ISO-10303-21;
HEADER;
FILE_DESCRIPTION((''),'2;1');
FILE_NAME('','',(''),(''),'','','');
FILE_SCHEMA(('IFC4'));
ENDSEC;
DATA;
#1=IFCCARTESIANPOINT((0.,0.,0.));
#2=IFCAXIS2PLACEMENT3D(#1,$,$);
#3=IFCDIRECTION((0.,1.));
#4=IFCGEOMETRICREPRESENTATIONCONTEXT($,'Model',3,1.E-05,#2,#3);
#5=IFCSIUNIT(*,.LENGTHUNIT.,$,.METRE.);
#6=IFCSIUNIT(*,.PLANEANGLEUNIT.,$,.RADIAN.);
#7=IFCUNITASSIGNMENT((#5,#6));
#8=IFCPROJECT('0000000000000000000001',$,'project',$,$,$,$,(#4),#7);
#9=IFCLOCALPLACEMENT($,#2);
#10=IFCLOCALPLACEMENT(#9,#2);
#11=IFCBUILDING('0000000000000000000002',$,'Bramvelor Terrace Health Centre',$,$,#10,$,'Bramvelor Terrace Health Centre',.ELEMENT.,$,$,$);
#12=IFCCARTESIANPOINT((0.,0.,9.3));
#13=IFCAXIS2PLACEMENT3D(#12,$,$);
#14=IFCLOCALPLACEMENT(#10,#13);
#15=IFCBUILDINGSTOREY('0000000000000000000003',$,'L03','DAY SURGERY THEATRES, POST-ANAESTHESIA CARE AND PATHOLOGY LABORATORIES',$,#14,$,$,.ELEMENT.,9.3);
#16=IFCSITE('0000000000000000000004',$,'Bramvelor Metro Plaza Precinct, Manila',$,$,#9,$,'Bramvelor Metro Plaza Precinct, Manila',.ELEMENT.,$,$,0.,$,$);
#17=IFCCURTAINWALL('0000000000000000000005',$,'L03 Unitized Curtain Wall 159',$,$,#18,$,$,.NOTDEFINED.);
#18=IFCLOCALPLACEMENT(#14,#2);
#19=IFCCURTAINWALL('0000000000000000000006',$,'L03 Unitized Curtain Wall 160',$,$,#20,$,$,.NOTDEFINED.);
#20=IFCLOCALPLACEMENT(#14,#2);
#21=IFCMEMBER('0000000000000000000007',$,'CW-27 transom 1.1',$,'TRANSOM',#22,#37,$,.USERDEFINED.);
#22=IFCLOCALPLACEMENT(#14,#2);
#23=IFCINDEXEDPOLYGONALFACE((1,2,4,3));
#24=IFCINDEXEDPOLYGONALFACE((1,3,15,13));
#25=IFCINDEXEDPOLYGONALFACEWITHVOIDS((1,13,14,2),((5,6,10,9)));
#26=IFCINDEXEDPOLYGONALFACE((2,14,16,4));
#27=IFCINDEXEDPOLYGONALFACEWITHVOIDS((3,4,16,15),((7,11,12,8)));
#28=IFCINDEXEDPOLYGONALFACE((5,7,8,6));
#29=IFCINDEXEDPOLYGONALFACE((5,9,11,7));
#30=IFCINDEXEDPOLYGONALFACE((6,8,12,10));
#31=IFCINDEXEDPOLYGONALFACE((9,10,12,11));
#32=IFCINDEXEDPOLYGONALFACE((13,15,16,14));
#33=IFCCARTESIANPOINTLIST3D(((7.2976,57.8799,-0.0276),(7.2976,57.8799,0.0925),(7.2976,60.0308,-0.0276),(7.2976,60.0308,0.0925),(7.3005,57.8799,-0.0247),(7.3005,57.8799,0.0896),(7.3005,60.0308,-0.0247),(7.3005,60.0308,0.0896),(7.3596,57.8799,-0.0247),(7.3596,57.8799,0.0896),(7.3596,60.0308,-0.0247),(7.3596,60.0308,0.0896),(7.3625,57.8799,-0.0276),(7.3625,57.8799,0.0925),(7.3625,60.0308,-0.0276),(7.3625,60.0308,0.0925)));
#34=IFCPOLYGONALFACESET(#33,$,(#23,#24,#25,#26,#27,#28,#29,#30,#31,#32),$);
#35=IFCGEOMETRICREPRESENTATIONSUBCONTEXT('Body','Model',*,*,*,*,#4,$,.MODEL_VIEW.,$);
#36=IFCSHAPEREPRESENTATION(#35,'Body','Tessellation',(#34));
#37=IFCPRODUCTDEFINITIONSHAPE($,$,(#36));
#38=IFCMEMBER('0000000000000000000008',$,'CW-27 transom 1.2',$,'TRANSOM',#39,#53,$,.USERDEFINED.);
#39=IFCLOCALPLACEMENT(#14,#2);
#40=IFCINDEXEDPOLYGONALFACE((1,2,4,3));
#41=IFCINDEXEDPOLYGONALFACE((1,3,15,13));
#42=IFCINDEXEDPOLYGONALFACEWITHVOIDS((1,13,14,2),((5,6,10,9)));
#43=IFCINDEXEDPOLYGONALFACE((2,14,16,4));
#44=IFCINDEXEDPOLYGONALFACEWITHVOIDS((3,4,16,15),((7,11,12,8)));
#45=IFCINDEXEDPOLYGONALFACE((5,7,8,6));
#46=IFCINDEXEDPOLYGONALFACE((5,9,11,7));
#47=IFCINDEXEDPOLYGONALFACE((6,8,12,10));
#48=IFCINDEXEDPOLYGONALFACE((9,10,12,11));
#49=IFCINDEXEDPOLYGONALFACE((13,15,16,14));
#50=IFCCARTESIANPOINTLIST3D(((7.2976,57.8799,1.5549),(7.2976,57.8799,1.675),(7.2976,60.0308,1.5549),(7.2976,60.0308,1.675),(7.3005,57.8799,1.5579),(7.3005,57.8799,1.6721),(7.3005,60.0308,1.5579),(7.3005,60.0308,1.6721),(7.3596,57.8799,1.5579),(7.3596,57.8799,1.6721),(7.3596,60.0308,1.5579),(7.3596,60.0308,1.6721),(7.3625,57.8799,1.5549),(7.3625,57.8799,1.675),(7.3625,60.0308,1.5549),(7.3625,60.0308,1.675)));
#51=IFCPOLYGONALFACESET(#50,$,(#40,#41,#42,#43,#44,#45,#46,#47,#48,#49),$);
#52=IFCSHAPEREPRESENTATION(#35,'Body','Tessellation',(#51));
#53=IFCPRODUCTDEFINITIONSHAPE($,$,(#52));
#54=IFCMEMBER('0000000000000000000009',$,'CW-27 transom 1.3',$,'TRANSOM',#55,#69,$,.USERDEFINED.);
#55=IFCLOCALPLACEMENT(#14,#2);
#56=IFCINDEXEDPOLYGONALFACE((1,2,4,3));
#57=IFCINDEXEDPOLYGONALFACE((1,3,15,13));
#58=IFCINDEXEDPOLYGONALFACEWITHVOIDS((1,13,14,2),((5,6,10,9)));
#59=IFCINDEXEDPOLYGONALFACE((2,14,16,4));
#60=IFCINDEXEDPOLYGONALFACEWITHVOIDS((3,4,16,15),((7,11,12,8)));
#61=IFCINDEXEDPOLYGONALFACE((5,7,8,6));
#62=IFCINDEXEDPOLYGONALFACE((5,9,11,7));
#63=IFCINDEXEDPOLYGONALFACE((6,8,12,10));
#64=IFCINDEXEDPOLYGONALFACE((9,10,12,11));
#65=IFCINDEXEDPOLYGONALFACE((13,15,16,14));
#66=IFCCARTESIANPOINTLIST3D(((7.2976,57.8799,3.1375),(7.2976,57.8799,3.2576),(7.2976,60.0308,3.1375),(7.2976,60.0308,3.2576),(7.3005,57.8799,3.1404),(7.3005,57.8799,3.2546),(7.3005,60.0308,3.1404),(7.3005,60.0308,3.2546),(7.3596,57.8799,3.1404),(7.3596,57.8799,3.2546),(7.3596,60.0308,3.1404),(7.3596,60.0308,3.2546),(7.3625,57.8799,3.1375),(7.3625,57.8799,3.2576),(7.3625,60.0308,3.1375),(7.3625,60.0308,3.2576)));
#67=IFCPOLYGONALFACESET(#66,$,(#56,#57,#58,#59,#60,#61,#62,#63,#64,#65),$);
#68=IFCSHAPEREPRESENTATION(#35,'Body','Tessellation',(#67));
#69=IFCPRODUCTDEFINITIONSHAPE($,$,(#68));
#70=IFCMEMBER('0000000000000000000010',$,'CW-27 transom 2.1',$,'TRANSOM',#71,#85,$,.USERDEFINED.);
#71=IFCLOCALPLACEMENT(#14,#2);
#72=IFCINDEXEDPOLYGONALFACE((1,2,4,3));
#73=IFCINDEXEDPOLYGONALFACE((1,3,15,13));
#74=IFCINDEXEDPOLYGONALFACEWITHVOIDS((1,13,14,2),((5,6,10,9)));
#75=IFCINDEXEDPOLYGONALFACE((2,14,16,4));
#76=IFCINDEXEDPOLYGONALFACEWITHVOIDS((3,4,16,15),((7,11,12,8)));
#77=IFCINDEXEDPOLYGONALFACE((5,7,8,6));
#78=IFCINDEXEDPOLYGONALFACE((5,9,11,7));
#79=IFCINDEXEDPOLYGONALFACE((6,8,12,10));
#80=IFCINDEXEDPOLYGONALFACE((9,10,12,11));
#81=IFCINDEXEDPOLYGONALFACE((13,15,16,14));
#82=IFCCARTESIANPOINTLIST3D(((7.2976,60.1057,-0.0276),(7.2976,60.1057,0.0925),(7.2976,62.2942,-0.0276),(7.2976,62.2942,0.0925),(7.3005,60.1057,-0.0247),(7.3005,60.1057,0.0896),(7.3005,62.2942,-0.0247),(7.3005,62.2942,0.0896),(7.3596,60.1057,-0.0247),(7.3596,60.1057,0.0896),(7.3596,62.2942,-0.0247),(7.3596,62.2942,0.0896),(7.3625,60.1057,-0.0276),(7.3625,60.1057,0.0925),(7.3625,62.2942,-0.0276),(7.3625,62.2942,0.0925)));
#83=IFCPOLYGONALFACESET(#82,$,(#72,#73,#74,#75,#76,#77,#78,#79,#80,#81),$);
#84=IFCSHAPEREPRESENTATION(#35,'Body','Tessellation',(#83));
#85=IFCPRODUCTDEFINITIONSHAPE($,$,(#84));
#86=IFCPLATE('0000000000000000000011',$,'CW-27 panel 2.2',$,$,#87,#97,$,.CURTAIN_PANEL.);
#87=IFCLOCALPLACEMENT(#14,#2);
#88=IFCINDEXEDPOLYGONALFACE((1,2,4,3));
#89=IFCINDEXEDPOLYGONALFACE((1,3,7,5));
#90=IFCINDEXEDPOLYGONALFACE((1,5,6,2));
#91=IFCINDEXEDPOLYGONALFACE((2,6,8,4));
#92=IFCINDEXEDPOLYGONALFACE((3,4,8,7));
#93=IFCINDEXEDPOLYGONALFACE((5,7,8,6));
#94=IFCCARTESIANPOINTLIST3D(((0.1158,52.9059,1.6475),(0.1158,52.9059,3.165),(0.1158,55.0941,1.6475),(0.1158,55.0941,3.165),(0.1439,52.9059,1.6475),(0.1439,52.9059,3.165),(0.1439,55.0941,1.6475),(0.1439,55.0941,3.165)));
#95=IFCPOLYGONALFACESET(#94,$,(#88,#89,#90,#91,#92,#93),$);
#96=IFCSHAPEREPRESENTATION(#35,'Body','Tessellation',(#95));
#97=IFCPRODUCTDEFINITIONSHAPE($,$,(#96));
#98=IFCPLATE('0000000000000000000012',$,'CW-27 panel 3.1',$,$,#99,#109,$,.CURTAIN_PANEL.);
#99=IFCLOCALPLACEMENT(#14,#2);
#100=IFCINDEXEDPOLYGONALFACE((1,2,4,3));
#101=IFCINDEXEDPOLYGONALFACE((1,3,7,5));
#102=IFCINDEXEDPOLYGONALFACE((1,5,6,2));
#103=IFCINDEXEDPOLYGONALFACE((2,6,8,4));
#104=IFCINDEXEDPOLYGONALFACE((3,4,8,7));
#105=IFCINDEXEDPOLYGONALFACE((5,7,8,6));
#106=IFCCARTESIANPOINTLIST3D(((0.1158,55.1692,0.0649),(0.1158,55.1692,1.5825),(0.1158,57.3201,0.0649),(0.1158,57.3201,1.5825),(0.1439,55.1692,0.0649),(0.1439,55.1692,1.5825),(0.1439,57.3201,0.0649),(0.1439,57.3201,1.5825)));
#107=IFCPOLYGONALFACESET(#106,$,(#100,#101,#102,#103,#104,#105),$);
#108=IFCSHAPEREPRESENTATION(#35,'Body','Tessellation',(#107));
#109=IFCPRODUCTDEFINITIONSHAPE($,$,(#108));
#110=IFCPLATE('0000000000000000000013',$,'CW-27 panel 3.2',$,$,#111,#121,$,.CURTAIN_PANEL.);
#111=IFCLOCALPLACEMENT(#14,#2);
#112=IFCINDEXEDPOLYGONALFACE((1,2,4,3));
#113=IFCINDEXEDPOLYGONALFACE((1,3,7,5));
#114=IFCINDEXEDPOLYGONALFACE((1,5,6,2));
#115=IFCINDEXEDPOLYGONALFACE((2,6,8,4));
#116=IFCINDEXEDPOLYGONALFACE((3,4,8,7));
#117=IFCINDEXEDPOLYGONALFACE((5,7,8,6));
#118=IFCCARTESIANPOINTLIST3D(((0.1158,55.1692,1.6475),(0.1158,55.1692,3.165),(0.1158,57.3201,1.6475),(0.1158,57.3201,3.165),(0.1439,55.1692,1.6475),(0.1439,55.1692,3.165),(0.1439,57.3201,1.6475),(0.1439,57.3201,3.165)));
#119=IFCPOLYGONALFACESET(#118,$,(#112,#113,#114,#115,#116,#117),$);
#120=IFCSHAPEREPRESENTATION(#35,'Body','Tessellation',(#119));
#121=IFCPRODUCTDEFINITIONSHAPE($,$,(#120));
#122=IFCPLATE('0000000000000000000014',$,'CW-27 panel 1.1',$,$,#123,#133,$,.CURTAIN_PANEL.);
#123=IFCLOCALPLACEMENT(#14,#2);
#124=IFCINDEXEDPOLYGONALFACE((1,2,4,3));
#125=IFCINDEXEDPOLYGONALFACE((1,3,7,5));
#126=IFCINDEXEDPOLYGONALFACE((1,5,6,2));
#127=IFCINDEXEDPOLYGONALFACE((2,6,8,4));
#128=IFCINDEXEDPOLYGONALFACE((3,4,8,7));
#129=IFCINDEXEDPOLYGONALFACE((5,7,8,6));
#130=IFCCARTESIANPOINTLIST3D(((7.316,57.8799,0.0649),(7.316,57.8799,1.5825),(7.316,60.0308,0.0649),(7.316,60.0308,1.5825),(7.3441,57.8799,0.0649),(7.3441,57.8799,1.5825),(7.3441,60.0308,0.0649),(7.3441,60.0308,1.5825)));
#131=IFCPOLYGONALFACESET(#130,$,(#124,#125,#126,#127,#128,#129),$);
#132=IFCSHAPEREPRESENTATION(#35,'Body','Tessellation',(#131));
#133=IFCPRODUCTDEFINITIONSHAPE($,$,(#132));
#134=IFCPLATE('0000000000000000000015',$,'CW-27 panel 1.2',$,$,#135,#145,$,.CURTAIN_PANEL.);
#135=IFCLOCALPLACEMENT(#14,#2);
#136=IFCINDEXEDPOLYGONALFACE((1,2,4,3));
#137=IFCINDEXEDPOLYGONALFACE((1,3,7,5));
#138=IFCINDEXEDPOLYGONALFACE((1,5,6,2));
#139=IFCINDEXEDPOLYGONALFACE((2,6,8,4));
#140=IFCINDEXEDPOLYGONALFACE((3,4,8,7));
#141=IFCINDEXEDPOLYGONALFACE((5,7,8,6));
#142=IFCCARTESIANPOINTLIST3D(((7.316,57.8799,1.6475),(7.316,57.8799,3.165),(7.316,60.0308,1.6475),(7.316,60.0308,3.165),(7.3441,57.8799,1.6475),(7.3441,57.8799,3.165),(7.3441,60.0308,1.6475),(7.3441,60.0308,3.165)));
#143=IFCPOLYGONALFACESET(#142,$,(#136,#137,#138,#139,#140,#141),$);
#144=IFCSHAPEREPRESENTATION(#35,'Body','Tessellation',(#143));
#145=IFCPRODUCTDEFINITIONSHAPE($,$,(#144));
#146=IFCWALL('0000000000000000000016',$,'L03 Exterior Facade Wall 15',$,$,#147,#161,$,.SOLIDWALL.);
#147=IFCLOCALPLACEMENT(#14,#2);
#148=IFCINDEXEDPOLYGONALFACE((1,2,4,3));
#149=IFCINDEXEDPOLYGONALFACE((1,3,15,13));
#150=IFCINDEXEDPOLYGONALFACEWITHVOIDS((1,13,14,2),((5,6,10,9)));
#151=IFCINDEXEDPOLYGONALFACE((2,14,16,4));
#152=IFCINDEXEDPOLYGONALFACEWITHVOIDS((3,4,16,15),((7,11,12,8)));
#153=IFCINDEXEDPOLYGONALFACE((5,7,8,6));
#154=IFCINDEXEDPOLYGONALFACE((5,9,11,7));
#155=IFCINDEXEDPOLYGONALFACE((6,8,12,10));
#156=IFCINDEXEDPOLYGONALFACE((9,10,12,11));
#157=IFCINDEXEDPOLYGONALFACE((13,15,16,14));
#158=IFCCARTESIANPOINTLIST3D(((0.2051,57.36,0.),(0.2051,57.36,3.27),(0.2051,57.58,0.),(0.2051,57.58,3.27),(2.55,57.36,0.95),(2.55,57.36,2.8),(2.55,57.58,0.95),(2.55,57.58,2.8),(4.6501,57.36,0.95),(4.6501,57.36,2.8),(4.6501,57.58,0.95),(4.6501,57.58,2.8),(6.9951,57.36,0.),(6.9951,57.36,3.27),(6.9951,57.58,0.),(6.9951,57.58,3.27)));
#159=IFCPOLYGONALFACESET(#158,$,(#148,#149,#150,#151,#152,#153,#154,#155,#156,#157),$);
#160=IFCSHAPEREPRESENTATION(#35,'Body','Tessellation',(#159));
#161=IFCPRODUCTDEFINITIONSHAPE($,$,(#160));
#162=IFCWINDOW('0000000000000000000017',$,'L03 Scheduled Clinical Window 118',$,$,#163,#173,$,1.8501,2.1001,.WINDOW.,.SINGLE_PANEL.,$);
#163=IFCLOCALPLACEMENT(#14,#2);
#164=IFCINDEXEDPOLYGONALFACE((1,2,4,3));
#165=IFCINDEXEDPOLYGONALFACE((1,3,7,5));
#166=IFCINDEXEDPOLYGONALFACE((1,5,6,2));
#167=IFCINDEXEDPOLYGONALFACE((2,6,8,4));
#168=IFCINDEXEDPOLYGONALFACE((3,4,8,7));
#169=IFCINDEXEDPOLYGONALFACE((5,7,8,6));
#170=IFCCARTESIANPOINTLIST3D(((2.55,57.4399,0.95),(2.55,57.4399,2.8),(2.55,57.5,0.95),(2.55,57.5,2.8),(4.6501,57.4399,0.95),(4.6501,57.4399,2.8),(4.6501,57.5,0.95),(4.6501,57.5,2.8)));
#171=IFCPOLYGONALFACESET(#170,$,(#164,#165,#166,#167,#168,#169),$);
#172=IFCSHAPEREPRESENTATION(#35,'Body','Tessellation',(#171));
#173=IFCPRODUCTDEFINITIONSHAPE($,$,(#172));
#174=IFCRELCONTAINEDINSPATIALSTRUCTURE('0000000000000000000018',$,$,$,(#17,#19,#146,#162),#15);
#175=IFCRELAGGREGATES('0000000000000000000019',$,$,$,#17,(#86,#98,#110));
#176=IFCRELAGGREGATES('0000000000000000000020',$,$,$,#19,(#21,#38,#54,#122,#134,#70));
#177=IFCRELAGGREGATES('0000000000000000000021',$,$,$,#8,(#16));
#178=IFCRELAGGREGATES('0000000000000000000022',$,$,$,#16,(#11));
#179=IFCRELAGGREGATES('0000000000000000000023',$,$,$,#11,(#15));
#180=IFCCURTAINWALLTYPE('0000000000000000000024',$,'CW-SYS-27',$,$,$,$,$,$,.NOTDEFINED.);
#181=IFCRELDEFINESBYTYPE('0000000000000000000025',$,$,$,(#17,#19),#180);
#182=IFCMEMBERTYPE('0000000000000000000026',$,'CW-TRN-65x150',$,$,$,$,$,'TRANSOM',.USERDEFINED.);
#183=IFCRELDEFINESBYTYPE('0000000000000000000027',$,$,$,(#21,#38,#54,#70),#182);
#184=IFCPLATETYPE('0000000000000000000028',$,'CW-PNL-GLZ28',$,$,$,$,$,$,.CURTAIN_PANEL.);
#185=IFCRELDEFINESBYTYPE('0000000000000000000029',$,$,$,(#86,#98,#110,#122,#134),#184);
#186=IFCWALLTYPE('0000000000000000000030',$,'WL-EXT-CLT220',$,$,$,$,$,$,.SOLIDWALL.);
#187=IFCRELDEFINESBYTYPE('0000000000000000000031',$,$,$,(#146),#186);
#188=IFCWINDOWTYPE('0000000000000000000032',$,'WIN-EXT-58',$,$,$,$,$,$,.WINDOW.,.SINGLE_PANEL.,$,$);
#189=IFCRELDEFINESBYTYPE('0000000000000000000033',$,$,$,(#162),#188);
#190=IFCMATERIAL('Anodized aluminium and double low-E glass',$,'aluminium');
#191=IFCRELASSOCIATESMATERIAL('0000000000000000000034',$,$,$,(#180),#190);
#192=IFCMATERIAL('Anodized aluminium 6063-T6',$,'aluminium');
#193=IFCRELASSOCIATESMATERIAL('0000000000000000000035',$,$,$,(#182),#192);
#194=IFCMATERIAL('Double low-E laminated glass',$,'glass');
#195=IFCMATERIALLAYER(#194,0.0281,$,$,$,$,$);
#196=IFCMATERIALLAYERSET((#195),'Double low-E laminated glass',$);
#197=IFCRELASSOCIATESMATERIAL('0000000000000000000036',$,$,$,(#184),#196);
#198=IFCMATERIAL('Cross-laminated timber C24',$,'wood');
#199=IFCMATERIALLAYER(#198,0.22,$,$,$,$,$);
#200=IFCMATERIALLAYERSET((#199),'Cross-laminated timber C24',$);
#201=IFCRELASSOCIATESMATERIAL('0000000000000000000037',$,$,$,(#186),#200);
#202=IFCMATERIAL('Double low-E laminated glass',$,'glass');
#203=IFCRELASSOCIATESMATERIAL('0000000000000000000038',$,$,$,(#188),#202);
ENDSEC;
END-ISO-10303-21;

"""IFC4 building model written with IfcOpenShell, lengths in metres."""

from ifc_helpers import new_model, si_unit, direction, frame, frame_2d, origin, origin_2d, place, context, subcontext, project, spatial, rectangle, hollow_rectangle, extrude, material, layer, layer_set, material_profile, profile_set, type_object, element, fill, aggregate, save


model = new_model("IFC4")

# Units and contexts
model_context = context("Model", 3, precision=1e-05, world=origin(), true_north=direction((0.0, 1.0)))
body_context = subcontext(model_context, "Body", "Model", "MODEL_VIEW")
ifc_project = project(units=[si_unit("LENGTHUNIT", "METRE"), si_unit("PLANEANGLEUNIT", "RADIAN")], contexts=[model_context])

# Site, building, storey
site_placement = place(None, origin())
site = spatial("IfcSite", under=ifc_project, at=site_placement, Name="Bramvelor Metro Plaza Precinct, Manila", LongName="Bramvelor Metro Plaza Precinct, Manila", CompositionType="ELEMENT", RefElevation=0.0)
building_placement = place(site_placement, origin())
building = spatial("IfcBuilding", under=site, at=building_placement, Name="Bramvelor Terrace Health Centre", LongName="Bramvelor Terrace Health Centre", CompositionType="ELEMENT")
storey_placement = place(building_placement, frame((0.0, 0.0, 9.3)))
storey = spatial("IfcBuildingStorey", under=building, at=storey_placement, Name="L03", Description="DAY SURGERY THEATRES, POST-ANAESTHESIA CARE AND PATHOLOGY LABORATORIES", CompositionType="ELEMENT", Elevation=9.3)

# Curtain walls
ifc_material_1 = material(Name="Anodized aluminium and double low-E glass", Category="aluminium")
curtain_wall_type = type_object("IfcCurtainWallType", Name="CW-SYS-27", PredefinedType="NOTDEFINED", material=ifc_material_1)
curtain_wall_1_placement = place(storey_placement, origin())
curtain_wall_1 = element("IfcCurtainWall", 1, at=curtain_wall_1_placement, inside=storey, type_object=curtain_wall_type, Name="L03 Unitized Curtain Wall 159", PredefinedType="NOTDEFINED")
curtain_wall_2_placement = place(storey_placement, origin())
curtain_wall_2 = element("IfcCurtainWall", 2, at=curtain_wall_2_placement, inside=storey, type_object=curtain_wall_type, Name="L03 Unitized Curtain Wall 160", PredefinedType="NOTDEFINED")

# Members
ifc_material_2 = material(Name="Anodized aluminium 6063-T6", Category="aluminium")
ifc_material_profile_1 = material_profile(ifc_material_2, hollow_rectangle(XDim=0.0649, YDim=0.1201, WallThickness=0.0029, at=origin_2d()), Name="ALU-TRN 65x120x3.0")
ifc_profile_set_1 = profile_set([ifc_material_profile_1], Name="Anodized aluminium 6063-T6")
member_type_1 = type_object("IfcMemberType", Name="CW-TRN-65x150", ElementType="TRANSOM", PredefinedType="USERDEFINED", material=ifc_profile_set_1)
member_1_placement = place(storey_placement, frame((7.3301, 57.8799, 0.0325), z_axis=(0.0, 1.0, 0.0), x_axis=(-1.0, 0.0, 0.0)))
member_1 = element("IfcMember", 3, at=member_1_placement, type_object=member_type_1, Name="CW-27 transom 1.1", ObjectType="TRANSOM", PredefinedType="USERDEFINED", context=body_context, shape_type="SweptSolid", body=[
    extrude(hollow_rectangle(XDim=0.0649, YDim=0.1201, WallThickness=0.0029, at=origin_2d()), origin(), (0.0, 0.0, 1.0), 2.1509),
])
member_2_placement = place(storey_placement, frame((7.3301, 57.8799, 1.615), z_axis=(0.0, 1.0, 0.0), x_axis=(-1.0, 0.0, 0.0)))
member_2 = element("IfcMember", 4, at=member_2_placement, type_object=member_type_1, Name="CW-27 transom 1.2", ObjectType="TRANSOM", PredefinedType="USERDEFINED", context=body_context, shape_type="SweptSolid", body=[
    extrude(hollow_rectangle(XDim=0.0649, YDim=0.1201, WallThickness=0.0029, at=origin_2d()), origin(), (0.0, 0.0, 1.0), 2.1509),
])
member_3_placement = place(storey_placement, frame((7.3301, 57.8799, 3.1975), z_axis=(0.0, 1.0, 0.0), x_axis=(-1.0, 0.0, 0.0)))
member_3 = element("IfcMember", 5, at=member_3_placement, type_object=member_type_1, Name="CW-27 transom 1.3", ObjectType="TRANSOM", PredefinedType="USERDEFINED", context=body_context, shape_type="SweptSolid", body=[
    extrude(hollow_rectangle(XDim=0.0649, YDim=0.1201, WallThickness=0.0029, at=origin_2d()), origin(), (0.0, 0.0, 1.0), 2.1509),
])
member_4_placement = place(storey_placement, frame((7.3301, 60.1057, 0.0325), z_axis=(0.0, 1.0, 0.0), x_axis=(-1.0, 0.0, 0.0)))
member_4 = element("IfcMember", 6, at=member_4_placement, type_object=member_type_1, Name="CW-27 transom 2.1", ObjectType="TRANSOM", PredefinedType="USERDEFINED", context=body_context, shape_type="SweptSolid", body=[
    extrude(hollow_rectangle(XDim=0.0649, YDim=0.1201, WallThickness=0.0029, at=origin_2d()), origin(), (0.0, 0.0, 1.0), 2.1885),
])

# Plates
ifc_material_3 = material(Name="Double low-E laminated glass", Category="glass")
ifc_layer_1 = layer(ifc_material_3, 0.0281)
ifc_layer_set_1 = layer_set([ifc_layer_1], Name="Double low-E laminated glass")
plate_type = type_object("IfcPlateType", Name="CW-PNL-GLZ28", PredefinedType="CURTAIN_PANEL", material=ifc_layer_set_1)
plate_1_placement = place(storey_placement, frame((0.1299, 54.0, 1.6475), z_axis=(0.0, 0.0, 1.0), x_axis=(0.0, 1.0, 0.0)))
plate_1 = element("IfcPlate", 7, at=plate_1_placement, type_object=plate_type, Name="CW-27 panel 2.2", PredefinedType="CURTAIN_PANEL", context=body_context, shape_type="SweptSolid", body=[
    extrude(rectangle(XDim=2.1882, YDim=0.0281, at=origin_2d()), origin(), (0.0, 0.0, 1.0), 1.5176),
])
plate_2_placement = place(storey_placement, frame((0.1299, 56.2446, 0.0649), z_axis=(0.0, 0.0, 1.0), x_axis=(0.0, 1.0, 0.0)))
plate_2 = element("IfcPlate", 8, at=plate_2_placement, type_object=plate_type, Name="CW-27 panel 3.1", PredefinedType="CURTAIN_PANEL", context=body_context, shape_type="SweptSolid", body=[
    extrude(rectangle(XDim=2.1509, YDim=0.0281, at=origin_2d()), origin(), (0.0, 0.0, 1.0), 1.5176),
])
plate_3_placement = place(storey_placement, frame((0.1299, 56.2446, 1.6475), z_axis=(0.0, 0.0, 1.0), x_axis=(0.0, 1.0, 0.0)))
plate_3 = element("IfcPlate", 9, at=plate_3_placement, type_object=plate_type, Name="CW-27 panel 3.2", PredefinedType="CURTAIN_PANEL", context=body_context, shape_type="SweptSolid", body=[
    extrude(rectangle(XDim=2.1509, YDim=0.0281, at=origin_2d()), origin(), (0.0, 0.0, 1.0), 1.5176),
])
aggregate(curtain_wall_1, [plate_1, plate_2, plate_3])
plate_4_placement = place(storey_placement, frame((7.3301, 58.9553, 0.0649), z_axis=(0.0, 0.0, 1.0), x_axis=(0.0, 1.0, 0.0)))
plate_4 = element("IfcPlate", 10, at=plate_4_placement, type_object=plate_type, Name="CW-27 panel 1.1", PredefinedType="CURTAIN_PANEL", context=body_context, shape_type="SweptSolid", body=[
    extrude(rectangle(XDim=2.1509, YDim=0.0281, at=origin_2d()), origin(), (0.0, 0.0, 1.0), 1.5176),
])
plate_5_placement = place(storey_placement, frame((7.3301, 58.9553, 1.6475), z_axis=(0.0, 0.0, 1.0), x_axis=(0.0, 1.0, 0.0)))
plate_5 = element("IfcPlate", 11, at=plate_5_placement, type_object=plate_type, Name="CW-27 panel 1.2", PredefinedType="CURTAIN_PANEL", context=body_context, shape_type="SweptSolid", body=[
    extrude(rectangle(XDim=2.1509, YDim=0.0281, at=origin_2d()), origin(), (0.0, 0.0, 1.0), 1.5176),
])
aggregate(curtain_wall_2, [member_1, member_2, member_3, plate_4, plate_5, member_4])

# Wall, opening, window
ifc_material_4 = material(Name="Cross-laminated timber C24", Category="wood")
ifc_layer_2 = layer(ifc_material_4, 0.22)
ifc_layer_set_2 = layer_set([ifc_layer_2], Name="Cross-laminated timber C24")
wall_type = type_object("IfcWallType", Name="WL-EXT-CLT220", PredefinedType="SOLIDWALL", material=ifc_layer_set_2)
wall_placement = place(storey_placement, frame((0.2051, 57.47, 0.0), z_axis=(0.0, 0.0, 1.0), x_axis=(1.0, 0.0, 0.0)))
wall = element("IfcWall", 12, at=wall_placement, inside=storey, type_object=wall_type, Name="L03 Exterior Facade Wall 15", PredefinedType="SOLIDWALL", context=body_context, shape_type="SweptSolid", body=[
    extrude(rectangle(XDim=6.79, YDim=0.22, at=frame_2d((3.395, 0.0))), origin(), (0.0, 0.0, 1.0), 3.27),
])
opening_placement = place(wall_placement, frame((2.345, 0.0, 0.95)))
opening = element("IfcOpeningElement", 13, at=opening_placement, cuts=wall, PredefinedType="OPENING", context=body_context, shape_type="SweptSolid", body=[
    extrude(rectangle(XDim=2.1001, YDim=1.8501, at=frame_2d((1.05, 0.925))), frame((0.0, 0.1199, 0.0), z_axis=(0.0, -1.0, 0.0), x_axis=(1.0, 0.0, 0.0)), (0.0, 0.0, 1.0), 0.24),
])
ifc_material_5 = material(Name="Double low-E laminated glass", Category="glass")
window_type = type_object("IfcWindowType", Name="WIN-EXT-58", PartitioningType="SINGLE_PANEL", PredefinedType="WINDOW", material=ifc_material_5)
window_placement = place(opening_placement, origin())
window = element("IfcWindow", 14, at=window_placement, inside=storey, type_object=window_type, Name="L03 Scheduled Clinical Window 118", OverallHeight=1.8501, OverallWidth=2.1001, PartitioningType="SINGLE_PANEL", PredefinedType="WINDOW", context=body_context, shape_type="SweptSolid", body=[
    extrude(rectangle(XDim=2.1001, YDim=1.8501, at=frame_2d((1.05, 0.925))), frame((0.0, 0.03, 0.0), z_axis=(0.0, -1.0, 0.0), x_axis=(1.0, 0.0, 0.0)), (0.0, 0.0, 1.0), 0.0601),
])
fill(opening, window)

save(model, "model.ifc")
